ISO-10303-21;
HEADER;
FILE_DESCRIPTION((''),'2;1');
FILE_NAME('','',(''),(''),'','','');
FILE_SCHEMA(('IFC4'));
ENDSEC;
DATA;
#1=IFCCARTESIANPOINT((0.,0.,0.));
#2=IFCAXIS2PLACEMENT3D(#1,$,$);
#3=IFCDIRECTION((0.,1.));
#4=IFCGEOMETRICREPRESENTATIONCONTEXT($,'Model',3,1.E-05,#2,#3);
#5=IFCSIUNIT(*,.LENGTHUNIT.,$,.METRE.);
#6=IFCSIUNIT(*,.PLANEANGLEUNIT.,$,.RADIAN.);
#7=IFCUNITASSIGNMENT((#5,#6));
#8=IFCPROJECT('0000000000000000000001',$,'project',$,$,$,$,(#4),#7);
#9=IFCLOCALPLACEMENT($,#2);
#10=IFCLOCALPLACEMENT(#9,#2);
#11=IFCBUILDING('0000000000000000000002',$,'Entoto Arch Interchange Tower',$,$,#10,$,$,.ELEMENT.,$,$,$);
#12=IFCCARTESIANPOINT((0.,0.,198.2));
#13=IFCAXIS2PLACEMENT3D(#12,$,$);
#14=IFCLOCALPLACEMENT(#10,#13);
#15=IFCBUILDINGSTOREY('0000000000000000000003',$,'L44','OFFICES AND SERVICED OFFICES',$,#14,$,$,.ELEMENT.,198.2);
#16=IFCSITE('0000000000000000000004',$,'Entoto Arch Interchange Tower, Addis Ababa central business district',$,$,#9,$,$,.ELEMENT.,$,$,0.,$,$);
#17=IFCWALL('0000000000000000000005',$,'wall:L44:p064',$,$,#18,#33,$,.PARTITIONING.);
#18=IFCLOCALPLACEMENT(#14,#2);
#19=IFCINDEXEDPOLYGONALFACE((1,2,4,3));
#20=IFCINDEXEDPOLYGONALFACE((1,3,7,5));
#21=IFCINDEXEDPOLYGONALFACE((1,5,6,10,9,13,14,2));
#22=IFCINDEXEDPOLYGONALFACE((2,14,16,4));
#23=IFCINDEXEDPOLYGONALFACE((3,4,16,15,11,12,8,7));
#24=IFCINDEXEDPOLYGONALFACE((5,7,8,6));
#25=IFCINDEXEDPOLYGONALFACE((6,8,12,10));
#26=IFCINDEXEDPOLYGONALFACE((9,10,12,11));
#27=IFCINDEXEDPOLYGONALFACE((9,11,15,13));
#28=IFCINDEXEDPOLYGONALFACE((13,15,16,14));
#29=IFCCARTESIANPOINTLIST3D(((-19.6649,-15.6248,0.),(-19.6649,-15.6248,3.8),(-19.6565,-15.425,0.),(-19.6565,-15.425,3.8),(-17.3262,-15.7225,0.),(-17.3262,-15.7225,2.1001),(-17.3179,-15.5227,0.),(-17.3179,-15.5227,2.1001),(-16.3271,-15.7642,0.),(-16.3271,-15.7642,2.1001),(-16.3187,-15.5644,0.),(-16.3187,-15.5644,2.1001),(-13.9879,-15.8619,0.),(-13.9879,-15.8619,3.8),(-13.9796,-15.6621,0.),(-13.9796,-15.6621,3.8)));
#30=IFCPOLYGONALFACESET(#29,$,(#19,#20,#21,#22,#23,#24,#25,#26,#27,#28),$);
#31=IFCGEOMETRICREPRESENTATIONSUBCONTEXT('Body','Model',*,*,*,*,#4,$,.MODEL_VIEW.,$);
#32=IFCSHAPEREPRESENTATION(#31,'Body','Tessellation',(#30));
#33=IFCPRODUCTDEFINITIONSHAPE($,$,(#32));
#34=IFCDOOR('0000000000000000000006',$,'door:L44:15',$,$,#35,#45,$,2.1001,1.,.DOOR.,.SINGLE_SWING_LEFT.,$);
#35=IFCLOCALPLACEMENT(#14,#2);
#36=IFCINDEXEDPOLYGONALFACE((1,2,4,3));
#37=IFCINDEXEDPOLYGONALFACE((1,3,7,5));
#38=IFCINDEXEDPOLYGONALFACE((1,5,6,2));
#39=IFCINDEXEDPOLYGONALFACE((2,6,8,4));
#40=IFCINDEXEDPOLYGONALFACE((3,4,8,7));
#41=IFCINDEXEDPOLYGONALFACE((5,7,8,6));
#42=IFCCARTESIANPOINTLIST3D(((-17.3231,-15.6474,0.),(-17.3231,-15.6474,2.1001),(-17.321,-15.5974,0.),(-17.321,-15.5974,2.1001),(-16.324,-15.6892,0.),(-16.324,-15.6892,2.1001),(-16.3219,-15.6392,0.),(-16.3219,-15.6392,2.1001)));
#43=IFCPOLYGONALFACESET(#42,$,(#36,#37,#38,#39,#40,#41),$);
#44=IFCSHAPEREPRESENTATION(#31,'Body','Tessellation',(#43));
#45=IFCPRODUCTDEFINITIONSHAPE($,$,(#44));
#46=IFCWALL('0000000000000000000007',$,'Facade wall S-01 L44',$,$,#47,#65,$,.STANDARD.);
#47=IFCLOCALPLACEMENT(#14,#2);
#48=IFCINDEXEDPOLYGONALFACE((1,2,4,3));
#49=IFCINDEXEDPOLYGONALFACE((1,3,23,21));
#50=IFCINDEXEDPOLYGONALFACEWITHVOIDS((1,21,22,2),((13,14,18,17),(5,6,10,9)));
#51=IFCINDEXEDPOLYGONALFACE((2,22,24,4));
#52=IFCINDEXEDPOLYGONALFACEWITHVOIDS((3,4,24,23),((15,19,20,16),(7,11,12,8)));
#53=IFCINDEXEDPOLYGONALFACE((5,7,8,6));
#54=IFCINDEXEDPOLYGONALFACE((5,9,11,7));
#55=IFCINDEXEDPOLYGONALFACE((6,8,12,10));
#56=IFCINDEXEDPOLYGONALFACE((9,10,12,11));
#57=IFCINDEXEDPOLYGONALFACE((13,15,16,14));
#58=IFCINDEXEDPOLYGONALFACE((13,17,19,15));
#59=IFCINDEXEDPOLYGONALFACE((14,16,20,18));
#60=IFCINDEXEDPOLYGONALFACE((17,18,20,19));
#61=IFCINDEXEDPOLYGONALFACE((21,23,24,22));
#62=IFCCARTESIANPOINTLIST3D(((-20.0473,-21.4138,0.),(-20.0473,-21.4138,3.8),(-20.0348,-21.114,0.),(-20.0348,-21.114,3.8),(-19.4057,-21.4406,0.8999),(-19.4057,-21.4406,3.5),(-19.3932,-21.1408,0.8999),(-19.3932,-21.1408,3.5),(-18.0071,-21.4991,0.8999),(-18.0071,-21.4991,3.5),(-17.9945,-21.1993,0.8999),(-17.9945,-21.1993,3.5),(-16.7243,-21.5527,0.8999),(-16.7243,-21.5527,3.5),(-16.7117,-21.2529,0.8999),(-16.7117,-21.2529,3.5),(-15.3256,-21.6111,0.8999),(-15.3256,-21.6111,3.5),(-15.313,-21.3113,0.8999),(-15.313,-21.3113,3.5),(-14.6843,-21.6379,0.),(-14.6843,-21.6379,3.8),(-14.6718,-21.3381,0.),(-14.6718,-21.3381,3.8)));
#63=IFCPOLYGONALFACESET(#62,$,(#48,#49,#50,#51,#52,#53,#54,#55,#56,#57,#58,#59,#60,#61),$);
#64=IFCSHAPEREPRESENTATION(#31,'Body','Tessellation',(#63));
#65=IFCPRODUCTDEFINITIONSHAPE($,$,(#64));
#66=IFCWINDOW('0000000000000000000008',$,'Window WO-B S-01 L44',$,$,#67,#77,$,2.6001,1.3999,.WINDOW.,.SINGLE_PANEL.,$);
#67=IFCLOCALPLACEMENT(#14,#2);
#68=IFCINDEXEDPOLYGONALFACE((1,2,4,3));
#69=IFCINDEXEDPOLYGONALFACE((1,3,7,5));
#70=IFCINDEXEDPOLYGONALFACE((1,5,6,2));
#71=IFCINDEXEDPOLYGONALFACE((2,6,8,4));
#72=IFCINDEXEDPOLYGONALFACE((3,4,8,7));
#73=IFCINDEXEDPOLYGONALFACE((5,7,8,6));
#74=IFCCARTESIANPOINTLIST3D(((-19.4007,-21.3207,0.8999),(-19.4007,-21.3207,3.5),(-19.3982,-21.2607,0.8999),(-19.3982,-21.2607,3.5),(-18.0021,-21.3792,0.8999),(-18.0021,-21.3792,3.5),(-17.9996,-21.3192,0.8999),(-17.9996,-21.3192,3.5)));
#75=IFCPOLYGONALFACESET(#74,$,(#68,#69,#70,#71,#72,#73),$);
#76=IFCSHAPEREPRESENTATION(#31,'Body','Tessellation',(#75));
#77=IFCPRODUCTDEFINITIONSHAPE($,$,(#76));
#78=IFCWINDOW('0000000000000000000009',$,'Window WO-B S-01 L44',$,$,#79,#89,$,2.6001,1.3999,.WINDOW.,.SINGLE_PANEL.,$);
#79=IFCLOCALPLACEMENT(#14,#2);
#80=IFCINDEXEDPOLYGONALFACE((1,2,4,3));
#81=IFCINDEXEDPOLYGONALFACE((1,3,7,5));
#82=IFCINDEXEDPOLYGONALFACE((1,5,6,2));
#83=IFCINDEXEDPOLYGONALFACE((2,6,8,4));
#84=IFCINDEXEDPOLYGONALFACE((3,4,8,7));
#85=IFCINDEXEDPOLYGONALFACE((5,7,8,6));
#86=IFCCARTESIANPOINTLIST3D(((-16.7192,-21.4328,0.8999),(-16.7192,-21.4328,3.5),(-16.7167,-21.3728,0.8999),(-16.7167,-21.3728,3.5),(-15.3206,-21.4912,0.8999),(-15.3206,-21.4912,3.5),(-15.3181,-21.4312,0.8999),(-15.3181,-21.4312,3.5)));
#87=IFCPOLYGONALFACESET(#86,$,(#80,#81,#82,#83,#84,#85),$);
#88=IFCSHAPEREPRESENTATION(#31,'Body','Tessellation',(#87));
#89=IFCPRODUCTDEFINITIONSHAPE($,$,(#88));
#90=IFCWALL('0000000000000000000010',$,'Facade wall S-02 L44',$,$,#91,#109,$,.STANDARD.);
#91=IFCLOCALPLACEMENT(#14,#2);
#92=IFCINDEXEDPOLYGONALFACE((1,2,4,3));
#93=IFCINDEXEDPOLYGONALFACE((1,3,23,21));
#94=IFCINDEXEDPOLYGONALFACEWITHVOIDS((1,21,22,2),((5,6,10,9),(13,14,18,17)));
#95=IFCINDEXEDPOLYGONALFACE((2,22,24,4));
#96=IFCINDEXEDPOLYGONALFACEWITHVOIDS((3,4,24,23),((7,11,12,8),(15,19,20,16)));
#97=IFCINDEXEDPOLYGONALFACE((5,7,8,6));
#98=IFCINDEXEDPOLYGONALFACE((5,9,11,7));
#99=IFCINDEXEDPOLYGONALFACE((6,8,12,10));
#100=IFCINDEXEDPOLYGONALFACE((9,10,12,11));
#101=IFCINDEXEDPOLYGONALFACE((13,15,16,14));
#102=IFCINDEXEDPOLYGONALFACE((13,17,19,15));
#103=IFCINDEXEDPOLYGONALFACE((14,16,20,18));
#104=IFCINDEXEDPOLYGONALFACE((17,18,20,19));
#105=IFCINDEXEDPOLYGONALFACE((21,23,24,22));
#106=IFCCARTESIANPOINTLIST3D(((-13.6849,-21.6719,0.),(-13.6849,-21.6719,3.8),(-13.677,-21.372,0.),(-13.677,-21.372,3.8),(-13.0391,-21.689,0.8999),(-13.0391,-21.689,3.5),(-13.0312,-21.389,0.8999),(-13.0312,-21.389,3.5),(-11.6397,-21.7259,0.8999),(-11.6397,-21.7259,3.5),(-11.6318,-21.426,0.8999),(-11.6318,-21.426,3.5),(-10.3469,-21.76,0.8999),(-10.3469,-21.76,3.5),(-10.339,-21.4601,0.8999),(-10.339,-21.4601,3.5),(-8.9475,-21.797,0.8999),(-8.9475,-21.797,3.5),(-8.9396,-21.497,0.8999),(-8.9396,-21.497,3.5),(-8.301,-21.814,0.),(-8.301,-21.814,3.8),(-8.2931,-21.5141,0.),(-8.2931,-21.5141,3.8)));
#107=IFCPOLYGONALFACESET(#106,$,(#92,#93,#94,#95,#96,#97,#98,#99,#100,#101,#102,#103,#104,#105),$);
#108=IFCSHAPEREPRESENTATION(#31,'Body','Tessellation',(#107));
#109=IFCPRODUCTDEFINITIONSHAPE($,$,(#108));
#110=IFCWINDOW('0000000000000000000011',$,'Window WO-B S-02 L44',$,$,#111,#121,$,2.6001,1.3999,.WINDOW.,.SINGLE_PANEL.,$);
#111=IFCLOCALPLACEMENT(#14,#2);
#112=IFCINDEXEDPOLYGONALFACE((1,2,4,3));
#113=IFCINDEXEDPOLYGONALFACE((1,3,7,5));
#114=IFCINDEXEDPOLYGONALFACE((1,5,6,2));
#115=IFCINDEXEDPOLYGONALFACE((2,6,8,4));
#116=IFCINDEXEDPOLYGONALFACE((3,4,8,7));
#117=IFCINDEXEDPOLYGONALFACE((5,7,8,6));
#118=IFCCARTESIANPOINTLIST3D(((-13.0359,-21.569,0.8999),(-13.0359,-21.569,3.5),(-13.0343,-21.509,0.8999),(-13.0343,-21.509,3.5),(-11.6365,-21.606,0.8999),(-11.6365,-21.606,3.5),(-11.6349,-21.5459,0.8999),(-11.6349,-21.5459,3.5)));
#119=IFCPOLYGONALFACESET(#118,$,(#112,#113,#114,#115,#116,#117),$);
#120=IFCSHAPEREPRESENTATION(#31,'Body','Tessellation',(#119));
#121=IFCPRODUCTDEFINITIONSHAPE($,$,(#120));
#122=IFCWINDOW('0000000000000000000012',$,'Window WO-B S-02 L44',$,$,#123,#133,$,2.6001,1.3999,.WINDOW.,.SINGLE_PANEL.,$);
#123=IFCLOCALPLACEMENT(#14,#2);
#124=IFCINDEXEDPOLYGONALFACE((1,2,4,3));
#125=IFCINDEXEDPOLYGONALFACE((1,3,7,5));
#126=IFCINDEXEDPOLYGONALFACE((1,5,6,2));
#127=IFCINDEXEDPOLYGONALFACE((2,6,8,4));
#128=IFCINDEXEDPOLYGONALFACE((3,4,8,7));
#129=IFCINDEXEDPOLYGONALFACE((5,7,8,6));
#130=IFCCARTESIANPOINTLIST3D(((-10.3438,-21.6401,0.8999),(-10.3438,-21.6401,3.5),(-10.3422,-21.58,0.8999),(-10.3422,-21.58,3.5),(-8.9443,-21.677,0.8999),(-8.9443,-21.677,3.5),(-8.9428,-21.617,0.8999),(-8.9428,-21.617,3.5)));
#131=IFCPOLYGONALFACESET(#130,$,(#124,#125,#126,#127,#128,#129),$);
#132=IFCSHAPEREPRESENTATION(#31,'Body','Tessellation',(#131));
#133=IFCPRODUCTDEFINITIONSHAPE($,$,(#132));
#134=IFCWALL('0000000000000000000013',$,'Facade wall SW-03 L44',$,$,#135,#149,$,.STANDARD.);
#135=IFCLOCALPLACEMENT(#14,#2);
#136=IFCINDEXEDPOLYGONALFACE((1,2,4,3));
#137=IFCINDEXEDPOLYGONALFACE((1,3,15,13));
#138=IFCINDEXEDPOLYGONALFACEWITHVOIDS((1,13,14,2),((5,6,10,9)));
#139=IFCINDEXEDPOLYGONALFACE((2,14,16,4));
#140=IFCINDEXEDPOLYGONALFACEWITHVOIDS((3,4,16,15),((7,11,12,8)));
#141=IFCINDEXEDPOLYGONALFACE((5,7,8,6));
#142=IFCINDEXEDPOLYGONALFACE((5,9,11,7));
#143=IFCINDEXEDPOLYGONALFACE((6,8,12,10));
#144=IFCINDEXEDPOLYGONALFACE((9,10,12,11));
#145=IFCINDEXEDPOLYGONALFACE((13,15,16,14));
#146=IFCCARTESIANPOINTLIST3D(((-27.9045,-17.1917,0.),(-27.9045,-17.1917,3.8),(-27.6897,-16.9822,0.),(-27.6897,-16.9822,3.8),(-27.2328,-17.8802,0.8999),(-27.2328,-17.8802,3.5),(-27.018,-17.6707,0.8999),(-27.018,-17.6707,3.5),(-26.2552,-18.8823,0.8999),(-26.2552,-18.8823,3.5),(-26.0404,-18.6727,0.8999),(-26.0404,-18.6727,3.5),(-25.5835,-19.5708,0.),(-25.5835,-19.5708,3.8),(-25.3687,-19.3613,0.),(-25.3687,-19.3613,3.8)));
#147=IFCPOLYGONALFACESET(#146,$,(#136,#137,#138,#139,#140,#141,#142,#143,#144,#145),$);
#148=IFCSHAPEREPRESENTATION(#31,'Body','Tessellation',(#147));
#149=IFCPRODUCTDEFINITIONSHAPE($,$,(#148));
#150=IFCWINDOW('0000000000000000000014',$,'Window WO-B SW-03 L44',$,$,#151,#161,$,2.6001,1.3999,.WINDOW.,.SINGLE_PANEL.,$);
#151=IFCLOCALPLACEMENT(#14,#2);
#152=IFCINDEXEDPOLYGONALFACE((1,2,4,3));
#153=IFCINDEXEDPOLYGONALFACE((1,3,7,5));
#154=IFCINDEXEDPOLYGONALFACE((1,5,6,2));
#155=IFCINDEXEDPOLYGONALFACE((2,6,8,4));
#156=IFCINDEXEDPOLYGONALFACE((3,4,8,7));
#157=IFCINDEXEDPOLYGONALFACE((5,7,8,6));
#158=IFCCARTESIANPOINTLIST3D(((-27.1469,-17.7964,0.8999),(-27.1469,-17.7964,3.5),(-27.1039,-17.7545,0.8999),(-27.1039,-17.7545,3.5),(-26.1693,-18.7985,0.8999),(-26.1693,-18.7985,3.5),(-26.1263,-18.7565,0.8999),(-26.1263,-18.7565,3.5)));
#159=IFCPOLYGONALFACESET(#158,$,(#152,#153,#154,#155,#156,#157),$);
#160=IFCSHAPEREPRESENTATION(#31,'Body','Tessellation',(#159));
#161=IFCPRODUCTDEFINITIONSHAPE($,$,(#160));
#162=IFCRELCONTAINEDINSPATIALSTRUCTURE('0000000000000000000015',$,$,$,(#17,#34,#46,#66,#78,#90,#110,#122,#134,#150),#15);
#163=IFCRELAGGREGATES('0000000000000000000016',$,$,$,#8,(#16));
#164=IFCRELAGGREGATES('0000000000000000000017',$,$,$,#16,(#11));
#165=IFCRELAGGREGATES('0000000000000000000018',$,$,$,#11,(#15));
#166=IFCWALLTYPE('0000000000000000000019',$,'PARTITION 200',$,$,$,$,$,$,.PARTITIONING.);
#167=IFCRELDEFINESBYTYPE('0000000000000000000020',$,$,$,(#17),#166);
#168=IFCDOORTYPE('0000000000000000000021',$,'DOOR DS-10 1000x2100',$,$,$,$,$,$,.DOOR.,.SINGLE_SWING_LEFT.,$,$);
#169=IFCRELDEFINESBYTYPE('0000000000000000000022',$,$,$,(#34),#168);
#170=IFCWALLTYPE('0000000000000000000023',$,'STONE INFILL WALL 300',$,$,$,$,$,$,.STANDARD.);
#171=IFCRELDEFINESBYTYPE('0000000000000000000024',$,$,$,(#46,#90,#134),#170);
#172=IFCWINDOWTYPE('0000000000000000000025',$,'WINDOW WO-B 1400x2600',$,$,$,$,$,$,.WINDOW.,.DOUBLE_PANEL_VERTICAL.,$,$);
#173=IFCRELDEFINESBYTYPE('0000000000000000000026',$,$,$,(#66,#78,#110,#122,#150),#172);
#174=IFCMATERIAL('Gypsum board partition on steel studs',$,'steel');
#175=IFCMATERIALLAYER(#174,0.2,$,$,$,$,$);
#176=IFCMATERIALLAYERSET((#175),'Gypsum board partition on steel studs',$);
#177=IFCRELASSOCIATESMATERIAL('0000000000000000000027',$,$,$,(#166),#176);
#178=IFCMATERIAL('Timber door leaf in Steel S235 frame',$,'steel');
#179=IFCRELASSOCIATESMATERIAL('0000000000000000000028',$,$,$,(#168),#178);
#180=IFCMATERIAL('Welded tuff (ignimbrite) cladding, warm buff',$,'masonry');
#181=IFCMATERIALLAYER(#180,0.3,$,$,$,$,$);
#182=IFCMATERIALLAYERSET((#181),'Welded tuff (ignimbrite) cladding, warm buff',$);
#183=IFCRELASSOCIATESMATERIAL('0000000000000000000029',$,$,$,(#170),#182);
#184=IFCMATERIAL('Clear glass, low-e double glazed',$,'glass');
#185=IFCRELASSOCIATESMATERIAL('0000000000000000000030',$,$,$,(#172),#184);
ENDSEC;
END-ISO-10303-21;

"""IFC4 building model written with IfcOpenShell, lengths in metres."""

from ifc_helpers import new_model, si_unit, direction, frame, frame_2d, origin, place, context, subcontext, project, spatial, rectangle, extrude, material, layer, layer_set, type_object, element, fill, save


model = new_model("IFC4")

# Units and contexts
model_context = context("Model", 3, precision=1e-05, world=origin(), true_north=direction((0.0, 1.0)))
body_context = subcontext(model_context, "Body", "Model", "MODEL_VIEW")
ifc_project = project(units=[si_unit("LENGTHUNIT", "METRE"), si_unit("PLANEANGLEUNIT", "RADIAN")], contexts=[model_context])

# Site, building, storey
site_placement = place(None, origin())
site = spatial("IfcSite", under=ifc_project, at=site_placement, Name="Entoto Arch Interchange Tower, Addis Ababa central business district", CompositionType="ELEMENT", RefElevation=0.0)
building_placement = place(site_placement, origin())
building = spatial("IfcBuilding", under=site, at=building_placement, Name="Entoto Arch Interchange Tower", CompositionType="ELEMENT")
storey_placement = place(building_placement, frame((0.0, 0.0, 198.2)))
storey = spatial("IfcBuildingStorey", under=building, at=storey_placement, Name="L44", Description="OFFICES AND SERVICED OFFICES", CompositionType="ELEMENT", Elevation=198.2)

# Shared definitions
ifc_material_1 = material(Name="Gypsum board partition on steel studs", Category="steel")
ifc_layer_1 = layer(ifc_material_1, 0.2)
ifc_layer_set_1 = layer_set([ifc_layer_1], Name="Gypsum board partition on steel studs")
wall_type_1 = type_object("IfcWallType", Name="PARTITION 200", PredefinedType="PARTITIONING", material=ifc_layer_set_1)

# Shared definitions
ifc_material_2 = material(Name="Timber door leaf in Steel S235 frame", Category="steel")
door_type = type_object("IfcDoorType", Name="DOOR DS-10 1000x2100", OperationType="SINGLE_SWING_LEFT", PredefinedType="DOOR", material=ifc_material_2)

# Wall, opening, door
wall_1_placement = place(storey_placement, frame((-13.9839, -15.762, 0.0), z_axis=(0.0, 0.0, 1.0), x_axis=(-0.999129, 0.041722, 0.0)))
wall_1 = element("IfcWall", 1, at=wall_1_placement, inside=storey, type_object=wall_type_1, Name="wall:L44:p064", PredefinedType="PARTITIONING", context=body_context, shape_type="SweptSolid", body=[
    extrude(rectangle(XDim=5.6819, YDim=0.2, at=frame_2d((2.8408, 0.0))), origin(), (0.0, 0.0, 1.0), 3.8),
])
opening_1_placement = place(wall_1_placement, frame((2.3411, 0.0, 0.0)))
opening_1 = element("IfcOpeningElement", 2, at=opening_1_placement, cuts=wall_1, PredefinedType="OPENING", context=body_context, shape_type="SweptSolid", body=[
    extrude(rectangle(XDim=1.0, YDim=2.1001, at=frame_2d((0.5, 1.05))), frame((0.0, 0.1099, 0.0), z_axis=(0.0, -1.0, 0.0), x_axis=(1.0, 0.0, 0.0)), (0.0, 0.0, 1.0), 0.22),
])
door_1_placement = place(opening_1_placement, origin())
door_1 = element("IfcDoor", 3, at=door_1_placement, inside=storey, type_object=door_type, Name="door:L44:15", OperationType="SINGLE_SWING_LEFT", OverallHeight=2.1001, OverallWidth=1.0, PredefinedType="DOOR", context=body_context, shape_type="SweptSolid", body=[
    extrude(rectangle(XDim=1.0, YDim=2.1001, at=frame_2d((0.5, 1.05))), frame((0.0, 0.0249, 0.0), z_axis=(0.0, -1.0, 0.0), x_axis=(1.0, 0.0, 0.0)), (0.0, 0.0, 1.0), 0.05),
])
fill(opening_1, door_1)

# Walls, openings, windows
ifc_material_3 = material(Name="Welded tuff (ignimbrite) cladding, warm buff", Category="masonry")
ifc_layer_2 = layer(ifc_material_3, 0.3)
ifc_layer_set_2 = layer_set([ifc_layer_2], Name="Welded tuff (ignimbrite) cladding, warm buff")
wall_type_2 = type_object("IfcWallType", Name="STONE INFILL WALL 300", PredefinedType="STANDARD", material=ifc_layer_set_2)
wall_2_placement = place(storey_placement, frame((-20.041, -21.2639, 0.0), z_axis=(0.0, 0.0, 1.0), x_axis=(0.999128, -0.041754, 0.0)))
wall_2 = element("IfcWall", 4, at=wall_2_placement, inside=storey, type_object=wall_type_2, Name="Facade wall S-01 L44", PredefinedType="STANDARD", context=body_context, shape_type="SweptSolid", body=[
    extrude(rectangle(XDim=5.3677, YDim=0.3, at=frame_2d((2.6838, 0.0))), origin(), (0.0, 0.0, 1.0), 3.8),
])
opening_2_placement = place(wall_2_placement, frame((0.6421, 0.0, 0.8999)))
opening_2 = element("IfcOpeningElement", 5, at=opening_2_placement, cuts=wall_2, PredefinedType="OPENING", context=body_context, shape_type="SweptSolid", body=[
    extrude(rectangle(XDim=1.3999, YDim=2.6001, at=frame_2d((0.7, 1.3))), frame((0.0, 0.1602, 0.0), z_axis=(0.0, -1.0, 0.0), x_axis=(1.0, 0.0, 0.0)), (0.0, 0.0, 1.0), 0.3201),
])
opening_3_placement = place(wall_2_placement, frame((3.3259, 0.0, 0.8999)))
opening_3 = element("IfcOpeningElement", 6, at=opening_3_placement, cuts=wall_2, PredefinedType="OPENING", context=body_context, shape_type="SweptSolid", body=[
    extrude(rectangle(XDim=1.3999, YDim=2.6001, at=frame_2d((0.7, 1.3))), frame((0.0, 0.1602, 0.0), z_axis=(0.0, -1.0, 0.0), x_axis=(1.0, 0.0, 0.0)), (0.0, 0.0, 1.0), 0.3201),
])
ifc_material_4 = material(Name="Clear glass, low-e double glazed", Category="glass")
window_type = type_object("IfcWindowType", Name="WINDOW WO-B 1400x2600", PartitioningType="DOUBLE_PANEL_VERTICAL", PredefinedType="WINDOW", material=ifc_material_4)
window_1_placement = place(opening_2_placement, origin())
window_1 = element("IfcWindow", 7, at=window_1_placement, inside=storey, type_object=window_type, Name="Window WO-B S-01 L44", OverallHeight=2.6001, OverallWidth=1.3999, PartitioningType="SINGLE_PANEL", PredefinedType="WINDOW", context=body_context, shape_type="SweptSolid", body=[
    extrude(rectangle(XDim=1.3999, YDim=2.6001, at=frame_2d((0.7, 1.3))), frame((0.0, 0.03, 0.0), z_axis=(0.0, -1.0, 0.0), x_axis=(1.0, 0.0, 0.0)), (0.0, 0.0, 1.0), 0.0601),
])
fill(opening_2, window_1)
window_2_placement = place(opening_3_placement, origin())
window_2 = element("IfcWindow", 8, at=window_2_placement, inside=storey, type_object=window_type, Name="Window WO-B S-01 L44", OverallHeight=2.6001, OverallWidth=1.3999, PartitioningType="SINGLE_PANEL", PredefinedType="WINDOW", context=body_context, shape_type="SweptSolid", body=[
    extrude(rectangle(XDim=1.3999, YDim=2.6001, at=frame_2d((0.7, 1.3))), frame((0.0, 0.03, 0.0), z_axis=(0.0, -1.0, 0.0), x_axis=(1.0, 0.0, 0.0)), (0.0, 0.0, 1.0), 0.0601),
])
fill(opening_3, window_2)
wall_3_placement = place(storey_placement, frame((-13.6809, -21.522, 0.0), z_axis=(0.0, 0.0, 1.0), x_axis=(0.999652, -0.026383, 0.0)))
wall_3 = element("IfcWall", 9, at=wall_3_placement, inside=storey, type_object=wall_type_2, Name="Facade wall S-02 L44", PredefinedType="STANDARD", context=body_context, shape_type="SweptSolid", body=[
    extrude(rectangle(XDim=5.3857, YDim=0.3, at=frame_2d((2.6929, 0.0))), origin(), (0.0, 0.0, 1.0), 3.8),
])
opening_4_placement = place(wall_3_placement, frame((0.646, 0.0, 0.8999)))
opening_4 = element("IfcOpeningElement", 10, at=opening_4_placement, cuts=wall_3, PredefinedType="OPENING", context=body_context, shape_type="SweptSolid", body=[
    extrude(rectangle(XDim=1.3999, YDim=2.6001, at=frame_2d((0.7, 1.3))), frame((0.0, 0.1602, 0.0), z_axis=(0.0, -1.0, 0.0), x_axis=(1.0, 0.0, 0.0)), (0.0, 0.0, 1.0), 0.3201),
])
opening_5_placement = place(wall_3_placement, frame((3.3391, 0.0, 0.8999)))
opening_5 = element("IfcOpeningElement", 11, at=opening_5_placement, cuts=wall_3, PredefinedType="OPENING", context=body_context, shape_type="SweptSolid", body=[
    extrude(rectangle(XDim=1.3999, YDim=2.6001, at=frame_2d((0.7, 1.3))), frame((0.0, 0.1602, 0.0), z_axis=(0.0, -1.0, 0.0), x_axis=(1.0, 0.0, 0.0)), (0.0, 0.0, 1.0), 0.3201),
])
window_3_placement = place(opening_4_placement, origin())
window_3 = element("IfcWindow", 12, at=window_3_placement, inside=storey, type_object=window_type, Name="Window WO-B S-02 L44", OverallHeight=2.6001, OverallWidth=1.3999, PartitioningType="SINGLE_PANEL", PredefinedType="WINDOW", context=body_context, shape_type="SweptSolid", body=[
    extrude(rectangle(XDim=1.3999, YDim=2.6001, at=frame_2d((0.7, 1.3))), frame((0.0, 0.03, 0.0), z_axis=(0.0, -1.0, 0.0), x_axis=(1.0, 0.0, 0.0)), (0.0, 0.0, 1.0), 0.0601),
])
fill(opening_4, window_3)
window_4_placement = place(opening_5_placement, origin())
window_4 = element("IfcWindow", 13, at=window_4_placement, inside=storey, type_object=window_type, Name="Window WO-B S-02 L44", OverallHeight=2.6001, OverallWidth=1.3999, PartitioningType="SINGLE_PANEL", PredefinedType="WINDOW", context=body_context, shape_type="SweptSolid", body=[
    extrude(rectangle(XDim=1.3999, YDim=2.6001, at=frame_2d((0.7, 1.3))), frame((0.0, 0.03, 0.0), z_axis=(0.0, -1.0, 0.0), x_axis=(1.0, 0.0, 0.0)), (0.0, 0.0, 1.0), 0.0601),
])
fill(opening_5, window_4)

# Wall, opening, window
wall_4_placement = place(storey_placement, frame((-27.7971, -17.0869, 0.0), z_axis=(0.0, 0.0, 1.0), x_axis=(0.698312, -0.715794, 0.0)))
wall_4 = element("IfcWall", 14, at=wall_4_placement, inside=storey, type_object=wall_type_2, Name="Facade wall SW-03 L44", PredefinedType="STANDARD", context=body_context, shape_type="SweptSolid", body=[
    extrude(rectangle(XDim=3.3237, YDim=0.3, at=frame_2d((1.6619, 0.0))), origin(), (0.0, 0.0, 1.0), 3.8),
])
opening_6_placement = place(wall_4_placement, frame((0.9619, 0.0, 0.8999)))
opening_6 = element("IfcOpeningElement", 15, at=opening_6_placement, cuts=wall_4, PredefinedType="OPENING", context=body_context, shape_type="SweptSolid", body=[
    extrude(rectangle(XDim=1.3999, YDim=2.6001, at=frame_2d((0.7, 1.3))), frame((0.0, 0.1602, 0.0), z_axis=(0.0, -1.0, 0.0), x_axis=(1.0, 0.0, 0.0)), (0.0, 0.0, 1.0), 0.3201),
])
window_5_placement = place(opening_6_placement, origin())
window_5 = element("IfcWindow", 16, at=window_5_placement, inside=storey, type_object=window_type, Name="Window WO-B SW-03 L44", OverallHeight=2.6001, OverallWidth=1.3999, PartitioningType="SINGLE_PANEL", PredefinedType="WINDOW", context=body_context, shape_type="SweptSolid", body=[
    extrude(rectangle(XDim=1.3999, YDim=2.6001, at=frame_2d((0.7, 1.3))), frame((0.0, 0.03, 0.0), z_axis=(0.0, -1.0, 0.0), x_axis=(1.0, 0.0, 0.0)), (0.0, 0.0, 1.0), 0.0601),
])
fill(opening_6, window_5)

save(model, "model.ifc")
